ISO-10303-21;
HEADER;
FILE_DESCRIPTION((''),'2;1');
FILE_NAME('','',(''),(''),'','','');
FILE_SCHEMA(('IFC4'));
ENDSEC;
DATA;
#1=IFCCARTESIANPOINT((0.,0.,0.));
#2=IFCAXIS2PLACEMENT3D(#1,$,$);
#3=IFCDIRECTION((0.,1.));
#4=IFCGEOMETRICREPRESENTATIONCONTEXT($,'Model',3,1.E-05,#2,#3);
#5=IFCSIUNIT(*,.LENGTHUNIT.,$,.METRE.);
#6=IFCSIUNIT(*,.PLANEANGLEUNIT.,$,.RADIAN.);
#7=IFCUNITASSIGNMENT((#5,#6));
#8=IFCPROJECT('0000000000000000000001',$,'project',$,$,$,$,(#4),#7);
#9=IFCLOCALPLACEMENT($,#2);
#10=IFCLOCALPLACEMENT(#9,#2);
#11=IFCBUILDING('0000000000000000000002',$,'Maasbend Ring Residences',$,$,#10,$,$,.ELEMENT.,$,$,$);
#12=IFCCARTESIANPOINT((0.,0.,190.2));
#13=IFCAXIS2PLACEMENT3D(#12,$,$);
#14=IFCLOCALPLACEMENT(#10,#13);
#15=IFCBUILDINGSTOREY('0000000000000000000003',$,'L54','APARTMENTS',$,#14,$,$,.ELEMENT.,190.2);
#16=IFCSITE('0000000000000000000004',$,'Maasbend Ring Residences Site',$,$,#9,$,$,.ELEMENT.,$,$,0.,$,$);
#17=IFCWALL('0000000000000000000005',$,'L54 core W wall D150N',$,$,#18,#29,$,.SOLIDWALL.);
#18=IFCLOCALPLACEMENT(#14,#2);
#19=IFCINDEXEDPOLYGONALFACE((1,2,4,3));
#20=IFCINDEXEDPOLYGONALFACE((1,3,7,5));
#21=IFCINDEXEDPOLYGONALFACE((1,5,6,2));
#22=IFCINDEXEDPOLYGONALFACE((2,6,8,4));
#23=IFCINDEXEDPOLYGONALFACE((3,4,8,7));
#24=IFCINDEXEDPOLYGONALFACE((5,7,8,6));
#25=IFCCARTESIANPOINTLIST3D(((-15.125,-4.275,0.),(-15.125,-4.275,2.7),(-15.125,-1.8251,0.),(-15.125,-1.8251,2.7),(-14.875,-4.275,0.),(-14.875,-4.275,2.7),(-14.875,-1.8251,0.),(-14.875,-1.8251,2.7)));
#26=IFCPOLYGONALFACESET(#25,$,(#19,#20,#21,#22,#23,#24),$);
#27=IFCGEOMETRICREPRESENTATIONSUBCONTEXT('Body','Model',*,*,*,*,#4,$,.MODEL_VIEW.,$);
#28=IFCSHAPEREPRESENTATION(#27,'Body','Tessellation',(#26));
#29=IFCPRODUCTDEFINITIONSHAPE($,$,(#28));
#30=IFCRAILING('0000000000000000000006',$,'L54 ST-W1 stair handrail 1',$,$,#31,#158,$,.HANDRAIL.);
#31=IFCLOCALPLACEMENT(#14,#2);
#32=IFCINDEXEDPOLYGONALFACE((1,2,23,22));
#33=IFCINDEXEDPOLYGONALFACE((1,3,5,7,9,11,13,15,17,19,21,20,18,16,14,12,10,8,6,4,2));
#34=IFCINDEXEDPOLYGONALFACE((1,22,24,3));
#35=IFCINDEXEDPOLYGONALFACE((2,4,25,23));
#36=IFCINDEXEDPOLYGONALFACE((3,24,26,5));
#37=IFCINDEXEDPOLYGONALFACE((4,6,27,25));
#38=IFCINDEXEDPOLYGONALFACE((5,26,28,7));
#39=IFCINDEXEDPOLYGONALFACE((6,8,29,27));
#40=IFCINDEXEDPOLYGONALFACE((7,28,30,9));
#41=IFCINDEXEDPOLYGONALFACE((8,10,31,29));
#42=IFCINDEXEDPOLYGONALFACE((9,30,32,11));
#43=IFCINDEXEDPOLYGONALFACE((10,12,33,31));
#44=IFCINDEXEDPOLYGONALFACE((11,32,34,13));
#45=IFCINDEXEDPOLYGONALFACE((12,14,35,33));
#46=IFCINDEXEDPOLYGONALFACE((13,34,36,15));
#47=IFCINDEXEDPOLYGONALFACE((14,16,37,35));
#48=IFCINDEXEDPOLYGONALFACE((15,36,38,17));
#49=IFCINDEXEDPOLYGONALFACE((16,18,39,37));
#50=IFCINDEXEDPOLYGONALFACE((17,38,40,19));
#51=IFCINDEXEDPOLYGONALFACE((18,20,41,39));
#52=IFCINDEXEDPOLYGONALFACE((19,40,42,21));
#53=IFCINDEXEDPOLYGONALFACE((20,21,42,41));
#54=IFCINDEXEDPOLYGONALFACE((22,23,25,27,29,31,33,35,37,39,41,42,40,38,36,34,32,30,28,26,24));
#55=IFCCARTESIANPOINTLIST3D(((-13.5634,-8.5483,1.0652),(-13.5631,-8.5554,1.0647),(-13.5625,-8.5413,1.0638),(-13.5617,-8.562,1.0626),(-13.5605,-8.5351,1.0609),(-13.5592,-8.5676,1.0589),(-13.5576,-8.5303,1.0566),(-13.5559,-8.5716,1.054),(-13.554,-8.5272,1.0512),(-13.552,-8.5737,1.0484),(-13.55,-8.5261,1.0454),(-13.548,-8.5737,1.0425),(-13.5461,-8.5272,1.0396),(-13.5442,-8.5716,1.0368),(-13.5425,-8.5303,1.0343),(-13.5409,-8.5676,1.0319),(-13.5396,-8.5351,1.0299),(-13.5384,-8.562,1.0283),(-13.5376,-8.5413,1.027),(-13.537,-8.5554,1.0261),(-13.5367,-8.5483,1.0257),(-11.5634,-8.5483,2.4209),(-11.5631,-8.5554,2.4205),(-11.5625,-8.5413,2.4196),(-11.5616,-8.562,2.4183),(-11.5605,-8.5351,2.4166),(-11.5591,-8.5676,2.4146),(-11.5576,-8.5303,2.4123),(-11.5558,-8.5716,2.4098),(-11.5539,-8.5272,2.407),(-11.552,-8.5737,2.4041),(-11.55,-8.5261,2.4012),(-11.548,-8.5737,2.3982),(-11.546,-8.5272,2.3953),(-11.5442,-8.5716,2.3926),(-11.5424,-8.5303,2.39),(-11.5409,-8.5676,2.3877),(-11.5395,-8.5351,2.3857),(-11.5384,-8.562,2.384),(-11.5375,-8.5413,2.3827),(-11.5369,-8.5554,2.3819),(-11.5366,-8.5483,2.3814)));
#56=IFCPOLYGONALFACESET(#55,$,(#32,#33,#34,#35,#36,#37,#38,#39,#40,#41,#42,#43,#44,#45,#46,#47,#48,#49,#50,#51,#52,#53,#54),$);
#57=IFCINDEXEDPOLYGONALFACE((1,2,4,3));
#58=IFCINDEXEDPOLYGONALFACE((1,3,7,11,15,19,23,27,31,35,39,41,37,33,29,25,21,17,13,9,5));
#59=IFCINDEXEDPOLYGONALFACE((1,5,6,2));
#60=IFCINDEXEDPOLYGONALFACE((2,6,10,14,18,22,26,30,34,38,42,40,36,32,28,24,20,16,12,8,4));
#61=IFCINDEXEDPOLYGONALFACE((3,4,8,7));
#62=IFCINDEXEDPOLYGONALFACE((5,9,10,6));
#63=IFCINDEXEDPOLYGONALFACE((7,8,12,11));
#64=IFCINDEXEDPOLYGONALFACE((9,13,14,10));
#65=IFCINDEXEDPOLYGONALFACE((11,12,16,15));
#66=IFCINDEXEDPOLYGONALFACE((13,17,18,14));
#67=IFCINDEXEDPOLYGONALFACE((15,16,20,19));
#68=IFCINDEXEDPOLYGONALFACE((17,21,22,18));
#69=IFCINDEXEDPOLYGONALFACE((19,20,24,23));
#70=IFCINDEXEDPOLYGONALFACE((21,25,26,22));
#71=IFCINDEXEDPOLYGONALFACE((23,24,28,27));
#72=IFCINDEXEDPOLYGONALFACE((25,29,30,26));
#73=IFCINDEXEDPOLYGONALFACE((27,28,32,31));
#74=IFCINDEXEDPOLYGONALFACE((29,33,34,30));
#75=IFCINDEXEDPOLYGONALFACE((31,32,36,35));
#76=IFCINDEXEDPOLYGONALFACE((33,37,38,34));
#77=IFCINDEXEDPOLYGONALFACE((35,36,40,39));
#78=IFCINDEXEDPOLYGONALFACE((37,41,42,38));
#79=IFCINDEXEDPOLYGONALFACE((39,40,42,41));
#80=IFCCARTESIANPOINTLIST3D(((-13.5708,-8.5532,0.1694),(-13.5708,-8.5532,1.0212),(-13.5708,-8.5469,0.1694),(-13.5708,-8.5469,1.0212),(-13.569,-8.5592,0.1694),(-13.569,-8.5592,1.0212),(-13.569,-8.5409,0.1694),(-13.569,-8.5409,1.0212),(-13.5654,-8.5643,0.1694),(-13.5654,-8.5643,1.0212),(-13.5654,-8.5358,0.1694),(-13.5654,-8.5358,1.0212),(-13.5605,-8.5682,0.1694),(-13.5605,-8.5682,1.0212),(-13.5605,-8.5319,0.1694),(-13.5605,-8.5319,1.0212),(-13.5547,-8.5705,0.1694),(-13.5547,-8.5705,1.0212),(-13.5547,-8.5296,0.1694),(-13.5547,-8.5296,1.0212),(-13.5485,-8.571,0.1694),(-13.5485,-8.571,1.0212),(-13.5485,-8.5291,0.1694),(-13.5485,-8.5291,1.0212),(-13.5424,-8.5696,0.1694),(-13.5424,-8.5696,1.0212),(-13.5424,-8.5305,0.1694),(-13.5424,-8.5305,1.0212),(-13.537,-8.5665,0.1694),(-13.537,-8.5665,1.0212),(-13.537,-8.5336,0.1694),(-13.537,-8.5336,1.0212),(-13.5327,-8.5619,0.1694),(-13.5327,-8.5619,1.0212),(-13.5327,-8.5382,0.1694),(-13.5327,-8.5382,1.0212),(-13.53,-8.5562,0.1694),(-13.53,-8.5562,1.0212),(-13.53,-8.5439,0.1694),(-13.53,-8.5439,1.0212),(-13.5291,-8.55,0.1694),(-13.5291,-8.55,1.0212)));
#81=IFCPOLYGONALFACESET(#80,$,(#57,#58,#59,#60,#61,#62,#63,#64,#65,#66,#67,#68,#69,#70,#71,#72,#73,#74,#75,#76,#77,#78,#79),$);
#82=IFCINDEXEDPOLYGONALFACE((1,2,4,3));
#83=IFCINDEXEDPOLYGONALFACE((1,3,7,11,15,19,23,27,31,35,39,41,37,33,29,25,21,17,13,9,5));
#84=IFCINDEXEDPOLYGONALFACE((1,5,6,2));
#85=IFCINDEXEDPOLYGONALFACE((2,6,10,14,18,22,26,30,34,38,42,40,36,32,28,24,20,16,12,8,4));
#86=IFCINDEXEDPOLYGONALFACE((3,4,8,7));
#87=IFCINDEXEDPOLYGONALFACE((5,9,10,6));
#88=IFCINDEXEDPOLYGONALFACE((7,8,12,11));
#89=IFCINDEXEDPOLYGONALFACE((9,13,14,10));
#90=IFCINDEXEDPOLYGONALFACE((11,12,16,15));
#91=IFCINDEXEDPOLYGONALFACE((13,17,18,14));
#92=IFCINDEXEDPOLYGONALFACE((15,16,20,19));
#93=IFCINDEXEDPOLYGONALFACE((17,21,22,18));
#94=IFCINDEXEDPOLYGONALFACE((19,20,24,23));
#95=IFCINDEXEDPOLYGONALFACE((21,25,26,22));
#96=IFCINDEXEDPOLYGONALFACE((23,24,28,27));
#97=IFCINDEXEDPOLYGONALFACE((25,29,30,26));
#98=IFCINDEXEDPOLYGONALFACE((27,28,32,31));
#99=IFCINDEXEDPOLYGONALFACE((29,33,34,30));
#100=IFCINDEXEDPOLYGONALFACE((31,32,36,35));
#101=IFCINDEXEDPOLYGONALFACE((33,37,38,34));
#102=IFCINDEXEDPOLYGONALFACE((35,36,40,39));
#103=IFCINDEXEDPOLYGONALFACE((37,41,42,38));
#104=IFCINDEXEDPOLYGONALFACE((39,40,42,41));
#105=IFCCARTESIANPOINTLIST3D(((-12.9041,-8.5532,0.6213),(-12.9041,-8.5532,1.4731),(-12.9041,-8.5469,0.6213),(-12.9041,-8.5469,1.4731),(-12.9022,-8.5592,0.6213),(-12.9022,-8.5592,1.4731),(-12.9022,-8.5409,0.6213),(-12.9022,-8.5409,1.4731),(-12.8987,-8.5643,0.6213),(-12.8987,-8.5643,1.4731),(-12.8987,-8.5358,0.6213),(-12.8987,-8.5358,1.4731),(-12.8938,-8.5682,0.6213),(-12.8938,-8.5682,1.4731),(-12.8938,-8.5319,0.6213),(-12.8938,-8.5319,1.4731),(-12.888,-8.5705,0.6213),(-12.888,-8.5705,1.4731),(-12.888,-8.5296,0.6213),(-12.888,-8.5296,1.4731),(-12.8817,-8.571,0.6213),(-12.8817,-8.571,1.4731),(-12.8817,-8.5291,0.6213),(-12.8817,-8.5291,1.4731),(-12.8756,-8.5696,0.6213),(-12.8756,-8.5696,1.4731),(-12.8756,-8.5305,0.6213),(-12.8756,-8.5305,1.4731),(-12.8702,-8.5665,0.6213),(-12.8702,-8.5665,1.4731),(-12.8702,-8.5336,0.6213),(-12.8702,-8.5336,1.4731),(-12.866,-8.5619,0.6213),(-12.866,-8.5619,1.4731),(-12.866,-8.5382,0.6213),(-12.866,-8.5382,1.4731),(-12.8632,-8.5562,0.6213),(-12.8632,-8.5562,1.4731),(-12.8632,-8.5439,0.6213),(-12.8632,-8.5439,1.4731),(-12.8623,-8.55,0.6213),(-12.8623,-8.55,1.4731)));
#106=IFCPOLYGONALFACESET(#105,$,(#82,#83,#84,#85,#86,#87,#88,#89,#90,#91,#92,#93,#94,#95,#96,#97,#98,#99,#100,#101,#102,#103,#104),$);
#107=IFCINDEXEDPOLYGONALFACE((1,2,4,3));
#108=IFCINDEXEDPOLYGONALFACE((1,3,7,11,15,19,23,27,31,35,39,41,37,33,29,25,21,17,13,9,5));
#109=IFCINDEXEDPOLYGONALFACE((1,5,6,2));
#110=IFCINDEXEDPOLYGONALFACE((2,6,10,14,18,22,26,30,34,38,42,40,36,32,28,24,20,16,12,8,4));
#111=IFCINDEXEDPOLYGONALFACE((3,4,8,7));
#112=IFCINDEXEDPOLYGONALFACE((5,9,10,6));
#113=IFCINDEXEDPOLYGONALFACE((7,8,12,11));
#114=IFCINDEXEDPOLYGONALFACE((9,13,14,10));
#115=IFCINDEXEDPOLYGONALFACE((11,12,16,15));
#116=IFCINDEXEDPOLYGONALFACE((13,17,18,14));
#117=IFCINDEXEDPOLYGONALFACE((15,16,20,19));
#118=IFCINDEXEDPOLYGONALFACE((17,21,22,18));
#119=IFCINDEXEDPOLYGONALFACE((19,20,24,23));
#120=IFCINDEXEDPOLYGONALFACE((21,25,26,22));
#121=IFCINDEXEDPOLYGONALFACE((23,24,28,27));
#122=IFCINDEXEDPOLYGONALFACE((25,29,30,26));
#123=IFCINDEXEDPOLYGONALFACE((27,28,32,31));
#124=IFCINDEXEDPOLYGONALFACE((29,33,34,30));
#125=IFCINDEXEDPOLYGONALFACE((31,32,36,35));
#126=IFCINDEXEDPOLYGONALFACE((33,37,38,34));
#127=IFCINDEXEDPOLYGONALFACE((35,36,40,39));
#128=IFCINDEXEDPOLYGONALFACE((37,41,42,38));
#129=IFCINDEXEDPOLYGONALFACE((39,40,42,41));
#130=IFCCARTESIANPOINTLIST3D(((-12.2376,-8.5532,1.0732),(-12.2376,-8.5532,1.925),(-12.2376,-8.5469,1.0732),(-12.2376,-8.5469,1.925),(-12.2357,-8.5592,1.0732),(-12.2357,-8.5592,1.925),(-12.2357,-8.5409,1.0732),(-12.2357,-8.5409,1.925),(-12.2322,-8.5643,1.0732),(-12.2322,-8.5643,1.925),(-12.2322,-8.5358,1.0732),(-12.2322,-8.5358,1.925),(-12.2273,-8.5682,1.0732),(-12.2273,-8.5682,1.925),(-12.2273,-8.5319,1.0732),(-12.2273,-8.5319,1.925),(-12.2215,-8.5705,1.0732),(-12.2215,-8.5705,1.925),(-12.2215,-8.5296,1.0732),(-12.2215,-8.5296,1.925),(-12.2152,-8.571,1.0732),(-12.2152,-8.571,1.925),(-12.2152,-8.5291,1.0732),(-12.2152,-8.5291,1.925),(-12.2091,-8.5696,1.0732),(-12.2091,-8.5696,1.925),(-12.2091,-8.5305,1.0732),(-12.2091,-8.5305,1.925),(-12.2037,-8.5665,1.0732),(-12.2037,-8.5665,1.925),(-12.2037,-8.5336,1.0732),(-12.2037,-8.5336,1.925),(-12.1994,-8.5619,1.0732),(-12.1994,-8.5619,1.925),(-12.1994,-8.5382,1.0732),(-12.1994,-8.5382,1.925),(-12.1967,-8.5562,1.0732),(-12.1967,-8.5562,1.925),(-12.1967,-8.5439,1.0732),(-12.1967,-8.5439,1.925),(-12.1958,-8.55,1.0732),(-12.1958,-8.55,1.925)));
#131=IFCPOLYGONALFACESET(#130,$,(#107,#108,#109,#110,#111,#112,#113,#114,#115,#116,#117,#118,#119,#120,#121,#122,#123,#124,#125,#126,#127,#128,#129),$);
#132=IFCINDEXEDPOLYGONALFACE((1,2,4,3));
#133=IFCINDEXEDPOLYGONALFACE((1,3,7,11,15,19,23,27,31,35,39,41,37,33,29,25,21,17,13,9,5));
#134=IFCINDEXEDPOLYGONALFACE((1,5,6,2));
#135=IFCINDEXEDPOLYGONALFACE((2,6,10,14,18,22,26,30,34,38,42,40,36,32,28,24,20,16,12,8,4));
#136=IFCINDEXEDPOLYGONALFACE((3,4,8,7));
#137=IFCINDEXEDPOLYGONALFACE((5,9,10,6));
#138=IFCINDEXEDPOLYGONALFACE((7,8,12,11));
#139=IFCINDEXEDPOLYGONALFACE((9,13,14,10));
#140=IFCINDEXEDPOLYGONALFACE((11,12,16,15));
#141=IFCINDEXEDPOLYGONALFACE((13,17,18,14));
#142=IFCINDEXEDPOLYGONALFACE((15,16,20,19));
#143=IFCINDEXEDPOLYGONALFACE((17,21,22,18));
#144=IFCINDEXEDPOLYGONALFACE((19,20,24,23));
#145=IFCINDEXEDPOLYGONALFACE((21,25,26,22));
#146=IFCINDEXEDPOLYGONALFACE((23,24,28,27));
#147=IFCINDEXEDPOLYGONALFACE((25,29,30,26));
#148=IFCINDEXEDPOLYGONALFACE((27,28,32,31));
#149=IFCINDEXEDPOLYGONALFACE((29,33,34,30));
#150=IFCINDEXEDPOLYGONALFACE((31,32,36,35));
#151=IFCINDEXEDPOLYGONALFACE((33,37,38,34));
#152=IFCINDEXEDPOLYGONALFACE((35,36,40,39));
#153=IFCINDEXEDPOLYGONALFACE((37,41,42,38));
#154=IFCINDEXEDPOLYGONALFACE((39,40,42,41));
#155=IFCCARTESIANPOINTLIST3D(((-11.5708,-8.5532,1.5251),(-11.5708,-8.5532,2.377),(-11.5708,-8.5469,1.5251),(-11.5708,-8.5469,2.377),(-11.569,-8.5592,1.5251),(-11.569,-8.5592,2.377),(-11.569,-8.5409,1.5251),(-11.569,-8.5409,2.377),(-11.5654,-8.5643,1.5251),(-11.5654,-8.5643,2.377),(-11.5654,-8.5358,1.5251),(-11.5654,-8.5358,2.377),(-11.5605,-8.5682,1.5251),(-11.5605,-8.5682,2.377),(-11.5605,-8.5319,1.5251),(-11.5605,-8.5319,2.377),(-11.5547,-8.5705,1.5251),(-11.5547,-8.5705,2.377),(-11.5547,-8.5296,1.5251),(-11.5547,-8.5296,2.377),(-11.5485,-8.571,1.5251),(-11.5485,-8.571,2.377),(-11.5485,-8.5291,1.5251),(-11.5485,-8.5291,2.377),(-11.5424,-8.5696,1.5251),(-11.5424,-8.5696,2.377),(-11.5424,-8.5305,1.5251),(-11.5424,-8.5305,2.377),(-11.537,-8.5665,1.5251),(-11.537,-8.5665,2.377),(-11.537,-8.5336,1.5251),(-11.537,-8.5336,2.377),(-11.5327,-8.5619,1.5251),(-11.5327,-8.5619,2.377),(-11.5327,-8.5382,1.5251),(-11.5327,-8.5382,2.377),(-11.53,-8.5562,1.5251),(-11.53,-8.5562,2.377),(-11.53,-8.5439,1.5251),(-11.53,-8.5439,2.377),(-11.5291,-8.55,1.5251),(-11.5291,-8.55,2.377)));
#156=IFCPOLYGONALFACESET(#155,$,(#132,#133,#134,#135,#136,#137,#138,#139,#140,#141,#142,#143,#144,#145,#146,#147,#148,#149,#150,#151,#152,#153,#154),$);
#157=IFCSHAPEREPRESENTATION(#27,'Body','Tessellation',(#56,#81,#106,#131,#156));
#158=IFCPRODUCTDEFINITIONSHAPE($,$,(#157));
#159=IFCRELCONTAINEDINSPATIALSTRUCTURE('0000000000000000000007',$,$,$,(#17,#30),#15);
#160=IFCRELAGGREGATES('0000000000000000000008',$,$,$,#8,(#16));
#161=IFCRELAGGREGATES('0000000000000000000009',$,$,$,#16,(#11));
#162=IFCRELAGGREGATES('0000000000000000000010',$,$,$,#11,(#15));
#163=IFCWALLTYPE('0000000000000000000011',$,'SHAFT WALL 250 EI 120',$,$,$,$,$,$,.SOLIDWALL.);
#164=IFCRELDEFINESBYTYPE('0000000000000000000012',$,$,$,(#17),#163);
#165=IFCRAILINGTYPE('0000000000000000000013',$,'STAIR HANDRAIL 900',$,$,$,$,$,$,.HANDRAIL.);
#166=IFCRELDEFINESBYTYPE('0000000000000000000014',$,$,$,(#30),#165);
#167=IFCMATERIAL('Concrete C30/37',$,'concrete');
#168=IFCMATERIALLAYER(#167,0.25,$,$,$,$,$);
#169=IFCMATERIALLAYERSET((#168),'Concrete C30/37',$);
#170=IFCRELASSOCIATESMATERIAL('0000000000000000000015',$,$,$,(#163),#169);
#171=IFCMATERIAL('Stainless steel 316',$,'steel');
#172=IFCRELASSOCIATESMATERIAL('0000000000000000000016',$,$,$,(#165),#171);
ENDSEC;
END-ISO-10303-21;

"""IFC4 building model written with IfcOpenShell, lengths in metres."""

from ifc_helpers import new_model, si_unit, direction, frame, frame_2d, origin, origin_2d, place, context, subcontext, project, spatial, rectangle, circle, extrude, material, layer, layer_set, type_object, element, save


model = new_model("IFC4")

# Units and contexts
model_context = context("Model", 3, precision=1e-05, world=origin(), true_north=direction((0.0, 1.0)))
body_context = subcontext(model_context, "Body", "Model", "MODEL_VIEW")
ifc_project = project(units=[si_unit("LENGTHUNIT", "METRE"), si_unit("PLANEANGLEUNIT", "RADIAN")], contexts=[model_context])

# Site, building, storey
site_placement = place(None, origin())
site = spatial("IfcSite", under=ifc_project, at=site_placement, Name="Maasbend Ring Residences Site", CompositionType="ELEMENT", RefElevation=0.0)
building_placement = place(site_placement, origin())
building = spatial("IfcBuilding", under=site, at=building_placement, Name="Maasbend Ring Residences", CompositionType="ELEMENT")
storey_placement = place(building_placement, frame((0.0, 0.0, 190.2)))
storey = spatial("IfcBuildingStorey", under=building, at=storey_placement, Name="L54", Description="APARTMENTS", CompositionType="ELEMENT", Elevation=190.2)

# Wall
ifc_material_1 = material(Name="Concrete C30/37", Category="concrete")
ifc_layer_1 = layer(ifc_material_1, 0.25)
ifc_layer_set_1 = layer_set([ifc_layer_1], Name="Concrete C30/37")
wall_type_1 = type_object("IfcWallType", Name="SHAFT WALL 250 EI 120", PredefinedType="SOLIDWALL", material=ifc_layer_set_1)
wall_1_placement = place(storey_placement, frame((-15.0, -1.825, 0.0), z_axis=(0.0, 0.0, 1.0), x_axis=(0.0, -1.0, 0.0)))
element("IfcWall", 1, at=wall_1_placement, inside=storey, type_object=wall_type_1, Name="L54 core W wall D150N", PredefinedType="SOLIDWALL", context=body_context, shape_type="SweptSolid", body=[
    extrude(rectangle(XDim=2.45, YDim=0.25, at=frame_2d((1.2251, 0.0))), origin(), (0.0, 0.0, 1.0), 2.7),
])

# Railing
ifc_material_2 = material(Name="Stainless steel 316", Category="steel")
railing_type_1 = type_object("IfcRailingType", Name="STAIR HANDRAIL 900", PredefinedType="HANDRAIL", material=ifc_material_2)
railing_1_placement = place(storey_placement, frame((-13.55, -8.55, 0.1694)))
element("IfcRailing", 2, at=railing_1_placement, inside=storey, type_object=railing_type_1, Name="L54 ST-W1 stair handrail 1", PredefinedType="HANDRAIL", context=body_context, shape_type="SweptSolid", body=[
    extrude(circle(Radius=0.0239, at=origin_2d()), frame((0.0, 0.0, 0.876), z_axis=(0.827751, 0.0, 0.561096), x_axis=(0.0, 1.0, 0.0)), (0.0, 0.0, 1.0), 2.4163),
    extrude(circle(Radius=0.021, at=origin_2d()), origin(), (0.0, 0.0, 1.0), 0.8518),
    extrude(circle(Radius=0.021, at=origin_2d()), frame((0.6667, 0.0, 0.4519)), (0.0, 0.0, 1.0), 0.8518),
    extrude(circle(Radius=0.021, at=origin_2d()), frame((1.3333, 0.0, 0.9038)), (0.0, 0.0, 1.0), 0.8518),
    extrude(circle(Radius=0.021, at=origin_2d()), frame((2.0, 0.0, 1.3557)), (0.0, 0.0, 1.0), 0.8518),
])

save(model, "model.ifc")
